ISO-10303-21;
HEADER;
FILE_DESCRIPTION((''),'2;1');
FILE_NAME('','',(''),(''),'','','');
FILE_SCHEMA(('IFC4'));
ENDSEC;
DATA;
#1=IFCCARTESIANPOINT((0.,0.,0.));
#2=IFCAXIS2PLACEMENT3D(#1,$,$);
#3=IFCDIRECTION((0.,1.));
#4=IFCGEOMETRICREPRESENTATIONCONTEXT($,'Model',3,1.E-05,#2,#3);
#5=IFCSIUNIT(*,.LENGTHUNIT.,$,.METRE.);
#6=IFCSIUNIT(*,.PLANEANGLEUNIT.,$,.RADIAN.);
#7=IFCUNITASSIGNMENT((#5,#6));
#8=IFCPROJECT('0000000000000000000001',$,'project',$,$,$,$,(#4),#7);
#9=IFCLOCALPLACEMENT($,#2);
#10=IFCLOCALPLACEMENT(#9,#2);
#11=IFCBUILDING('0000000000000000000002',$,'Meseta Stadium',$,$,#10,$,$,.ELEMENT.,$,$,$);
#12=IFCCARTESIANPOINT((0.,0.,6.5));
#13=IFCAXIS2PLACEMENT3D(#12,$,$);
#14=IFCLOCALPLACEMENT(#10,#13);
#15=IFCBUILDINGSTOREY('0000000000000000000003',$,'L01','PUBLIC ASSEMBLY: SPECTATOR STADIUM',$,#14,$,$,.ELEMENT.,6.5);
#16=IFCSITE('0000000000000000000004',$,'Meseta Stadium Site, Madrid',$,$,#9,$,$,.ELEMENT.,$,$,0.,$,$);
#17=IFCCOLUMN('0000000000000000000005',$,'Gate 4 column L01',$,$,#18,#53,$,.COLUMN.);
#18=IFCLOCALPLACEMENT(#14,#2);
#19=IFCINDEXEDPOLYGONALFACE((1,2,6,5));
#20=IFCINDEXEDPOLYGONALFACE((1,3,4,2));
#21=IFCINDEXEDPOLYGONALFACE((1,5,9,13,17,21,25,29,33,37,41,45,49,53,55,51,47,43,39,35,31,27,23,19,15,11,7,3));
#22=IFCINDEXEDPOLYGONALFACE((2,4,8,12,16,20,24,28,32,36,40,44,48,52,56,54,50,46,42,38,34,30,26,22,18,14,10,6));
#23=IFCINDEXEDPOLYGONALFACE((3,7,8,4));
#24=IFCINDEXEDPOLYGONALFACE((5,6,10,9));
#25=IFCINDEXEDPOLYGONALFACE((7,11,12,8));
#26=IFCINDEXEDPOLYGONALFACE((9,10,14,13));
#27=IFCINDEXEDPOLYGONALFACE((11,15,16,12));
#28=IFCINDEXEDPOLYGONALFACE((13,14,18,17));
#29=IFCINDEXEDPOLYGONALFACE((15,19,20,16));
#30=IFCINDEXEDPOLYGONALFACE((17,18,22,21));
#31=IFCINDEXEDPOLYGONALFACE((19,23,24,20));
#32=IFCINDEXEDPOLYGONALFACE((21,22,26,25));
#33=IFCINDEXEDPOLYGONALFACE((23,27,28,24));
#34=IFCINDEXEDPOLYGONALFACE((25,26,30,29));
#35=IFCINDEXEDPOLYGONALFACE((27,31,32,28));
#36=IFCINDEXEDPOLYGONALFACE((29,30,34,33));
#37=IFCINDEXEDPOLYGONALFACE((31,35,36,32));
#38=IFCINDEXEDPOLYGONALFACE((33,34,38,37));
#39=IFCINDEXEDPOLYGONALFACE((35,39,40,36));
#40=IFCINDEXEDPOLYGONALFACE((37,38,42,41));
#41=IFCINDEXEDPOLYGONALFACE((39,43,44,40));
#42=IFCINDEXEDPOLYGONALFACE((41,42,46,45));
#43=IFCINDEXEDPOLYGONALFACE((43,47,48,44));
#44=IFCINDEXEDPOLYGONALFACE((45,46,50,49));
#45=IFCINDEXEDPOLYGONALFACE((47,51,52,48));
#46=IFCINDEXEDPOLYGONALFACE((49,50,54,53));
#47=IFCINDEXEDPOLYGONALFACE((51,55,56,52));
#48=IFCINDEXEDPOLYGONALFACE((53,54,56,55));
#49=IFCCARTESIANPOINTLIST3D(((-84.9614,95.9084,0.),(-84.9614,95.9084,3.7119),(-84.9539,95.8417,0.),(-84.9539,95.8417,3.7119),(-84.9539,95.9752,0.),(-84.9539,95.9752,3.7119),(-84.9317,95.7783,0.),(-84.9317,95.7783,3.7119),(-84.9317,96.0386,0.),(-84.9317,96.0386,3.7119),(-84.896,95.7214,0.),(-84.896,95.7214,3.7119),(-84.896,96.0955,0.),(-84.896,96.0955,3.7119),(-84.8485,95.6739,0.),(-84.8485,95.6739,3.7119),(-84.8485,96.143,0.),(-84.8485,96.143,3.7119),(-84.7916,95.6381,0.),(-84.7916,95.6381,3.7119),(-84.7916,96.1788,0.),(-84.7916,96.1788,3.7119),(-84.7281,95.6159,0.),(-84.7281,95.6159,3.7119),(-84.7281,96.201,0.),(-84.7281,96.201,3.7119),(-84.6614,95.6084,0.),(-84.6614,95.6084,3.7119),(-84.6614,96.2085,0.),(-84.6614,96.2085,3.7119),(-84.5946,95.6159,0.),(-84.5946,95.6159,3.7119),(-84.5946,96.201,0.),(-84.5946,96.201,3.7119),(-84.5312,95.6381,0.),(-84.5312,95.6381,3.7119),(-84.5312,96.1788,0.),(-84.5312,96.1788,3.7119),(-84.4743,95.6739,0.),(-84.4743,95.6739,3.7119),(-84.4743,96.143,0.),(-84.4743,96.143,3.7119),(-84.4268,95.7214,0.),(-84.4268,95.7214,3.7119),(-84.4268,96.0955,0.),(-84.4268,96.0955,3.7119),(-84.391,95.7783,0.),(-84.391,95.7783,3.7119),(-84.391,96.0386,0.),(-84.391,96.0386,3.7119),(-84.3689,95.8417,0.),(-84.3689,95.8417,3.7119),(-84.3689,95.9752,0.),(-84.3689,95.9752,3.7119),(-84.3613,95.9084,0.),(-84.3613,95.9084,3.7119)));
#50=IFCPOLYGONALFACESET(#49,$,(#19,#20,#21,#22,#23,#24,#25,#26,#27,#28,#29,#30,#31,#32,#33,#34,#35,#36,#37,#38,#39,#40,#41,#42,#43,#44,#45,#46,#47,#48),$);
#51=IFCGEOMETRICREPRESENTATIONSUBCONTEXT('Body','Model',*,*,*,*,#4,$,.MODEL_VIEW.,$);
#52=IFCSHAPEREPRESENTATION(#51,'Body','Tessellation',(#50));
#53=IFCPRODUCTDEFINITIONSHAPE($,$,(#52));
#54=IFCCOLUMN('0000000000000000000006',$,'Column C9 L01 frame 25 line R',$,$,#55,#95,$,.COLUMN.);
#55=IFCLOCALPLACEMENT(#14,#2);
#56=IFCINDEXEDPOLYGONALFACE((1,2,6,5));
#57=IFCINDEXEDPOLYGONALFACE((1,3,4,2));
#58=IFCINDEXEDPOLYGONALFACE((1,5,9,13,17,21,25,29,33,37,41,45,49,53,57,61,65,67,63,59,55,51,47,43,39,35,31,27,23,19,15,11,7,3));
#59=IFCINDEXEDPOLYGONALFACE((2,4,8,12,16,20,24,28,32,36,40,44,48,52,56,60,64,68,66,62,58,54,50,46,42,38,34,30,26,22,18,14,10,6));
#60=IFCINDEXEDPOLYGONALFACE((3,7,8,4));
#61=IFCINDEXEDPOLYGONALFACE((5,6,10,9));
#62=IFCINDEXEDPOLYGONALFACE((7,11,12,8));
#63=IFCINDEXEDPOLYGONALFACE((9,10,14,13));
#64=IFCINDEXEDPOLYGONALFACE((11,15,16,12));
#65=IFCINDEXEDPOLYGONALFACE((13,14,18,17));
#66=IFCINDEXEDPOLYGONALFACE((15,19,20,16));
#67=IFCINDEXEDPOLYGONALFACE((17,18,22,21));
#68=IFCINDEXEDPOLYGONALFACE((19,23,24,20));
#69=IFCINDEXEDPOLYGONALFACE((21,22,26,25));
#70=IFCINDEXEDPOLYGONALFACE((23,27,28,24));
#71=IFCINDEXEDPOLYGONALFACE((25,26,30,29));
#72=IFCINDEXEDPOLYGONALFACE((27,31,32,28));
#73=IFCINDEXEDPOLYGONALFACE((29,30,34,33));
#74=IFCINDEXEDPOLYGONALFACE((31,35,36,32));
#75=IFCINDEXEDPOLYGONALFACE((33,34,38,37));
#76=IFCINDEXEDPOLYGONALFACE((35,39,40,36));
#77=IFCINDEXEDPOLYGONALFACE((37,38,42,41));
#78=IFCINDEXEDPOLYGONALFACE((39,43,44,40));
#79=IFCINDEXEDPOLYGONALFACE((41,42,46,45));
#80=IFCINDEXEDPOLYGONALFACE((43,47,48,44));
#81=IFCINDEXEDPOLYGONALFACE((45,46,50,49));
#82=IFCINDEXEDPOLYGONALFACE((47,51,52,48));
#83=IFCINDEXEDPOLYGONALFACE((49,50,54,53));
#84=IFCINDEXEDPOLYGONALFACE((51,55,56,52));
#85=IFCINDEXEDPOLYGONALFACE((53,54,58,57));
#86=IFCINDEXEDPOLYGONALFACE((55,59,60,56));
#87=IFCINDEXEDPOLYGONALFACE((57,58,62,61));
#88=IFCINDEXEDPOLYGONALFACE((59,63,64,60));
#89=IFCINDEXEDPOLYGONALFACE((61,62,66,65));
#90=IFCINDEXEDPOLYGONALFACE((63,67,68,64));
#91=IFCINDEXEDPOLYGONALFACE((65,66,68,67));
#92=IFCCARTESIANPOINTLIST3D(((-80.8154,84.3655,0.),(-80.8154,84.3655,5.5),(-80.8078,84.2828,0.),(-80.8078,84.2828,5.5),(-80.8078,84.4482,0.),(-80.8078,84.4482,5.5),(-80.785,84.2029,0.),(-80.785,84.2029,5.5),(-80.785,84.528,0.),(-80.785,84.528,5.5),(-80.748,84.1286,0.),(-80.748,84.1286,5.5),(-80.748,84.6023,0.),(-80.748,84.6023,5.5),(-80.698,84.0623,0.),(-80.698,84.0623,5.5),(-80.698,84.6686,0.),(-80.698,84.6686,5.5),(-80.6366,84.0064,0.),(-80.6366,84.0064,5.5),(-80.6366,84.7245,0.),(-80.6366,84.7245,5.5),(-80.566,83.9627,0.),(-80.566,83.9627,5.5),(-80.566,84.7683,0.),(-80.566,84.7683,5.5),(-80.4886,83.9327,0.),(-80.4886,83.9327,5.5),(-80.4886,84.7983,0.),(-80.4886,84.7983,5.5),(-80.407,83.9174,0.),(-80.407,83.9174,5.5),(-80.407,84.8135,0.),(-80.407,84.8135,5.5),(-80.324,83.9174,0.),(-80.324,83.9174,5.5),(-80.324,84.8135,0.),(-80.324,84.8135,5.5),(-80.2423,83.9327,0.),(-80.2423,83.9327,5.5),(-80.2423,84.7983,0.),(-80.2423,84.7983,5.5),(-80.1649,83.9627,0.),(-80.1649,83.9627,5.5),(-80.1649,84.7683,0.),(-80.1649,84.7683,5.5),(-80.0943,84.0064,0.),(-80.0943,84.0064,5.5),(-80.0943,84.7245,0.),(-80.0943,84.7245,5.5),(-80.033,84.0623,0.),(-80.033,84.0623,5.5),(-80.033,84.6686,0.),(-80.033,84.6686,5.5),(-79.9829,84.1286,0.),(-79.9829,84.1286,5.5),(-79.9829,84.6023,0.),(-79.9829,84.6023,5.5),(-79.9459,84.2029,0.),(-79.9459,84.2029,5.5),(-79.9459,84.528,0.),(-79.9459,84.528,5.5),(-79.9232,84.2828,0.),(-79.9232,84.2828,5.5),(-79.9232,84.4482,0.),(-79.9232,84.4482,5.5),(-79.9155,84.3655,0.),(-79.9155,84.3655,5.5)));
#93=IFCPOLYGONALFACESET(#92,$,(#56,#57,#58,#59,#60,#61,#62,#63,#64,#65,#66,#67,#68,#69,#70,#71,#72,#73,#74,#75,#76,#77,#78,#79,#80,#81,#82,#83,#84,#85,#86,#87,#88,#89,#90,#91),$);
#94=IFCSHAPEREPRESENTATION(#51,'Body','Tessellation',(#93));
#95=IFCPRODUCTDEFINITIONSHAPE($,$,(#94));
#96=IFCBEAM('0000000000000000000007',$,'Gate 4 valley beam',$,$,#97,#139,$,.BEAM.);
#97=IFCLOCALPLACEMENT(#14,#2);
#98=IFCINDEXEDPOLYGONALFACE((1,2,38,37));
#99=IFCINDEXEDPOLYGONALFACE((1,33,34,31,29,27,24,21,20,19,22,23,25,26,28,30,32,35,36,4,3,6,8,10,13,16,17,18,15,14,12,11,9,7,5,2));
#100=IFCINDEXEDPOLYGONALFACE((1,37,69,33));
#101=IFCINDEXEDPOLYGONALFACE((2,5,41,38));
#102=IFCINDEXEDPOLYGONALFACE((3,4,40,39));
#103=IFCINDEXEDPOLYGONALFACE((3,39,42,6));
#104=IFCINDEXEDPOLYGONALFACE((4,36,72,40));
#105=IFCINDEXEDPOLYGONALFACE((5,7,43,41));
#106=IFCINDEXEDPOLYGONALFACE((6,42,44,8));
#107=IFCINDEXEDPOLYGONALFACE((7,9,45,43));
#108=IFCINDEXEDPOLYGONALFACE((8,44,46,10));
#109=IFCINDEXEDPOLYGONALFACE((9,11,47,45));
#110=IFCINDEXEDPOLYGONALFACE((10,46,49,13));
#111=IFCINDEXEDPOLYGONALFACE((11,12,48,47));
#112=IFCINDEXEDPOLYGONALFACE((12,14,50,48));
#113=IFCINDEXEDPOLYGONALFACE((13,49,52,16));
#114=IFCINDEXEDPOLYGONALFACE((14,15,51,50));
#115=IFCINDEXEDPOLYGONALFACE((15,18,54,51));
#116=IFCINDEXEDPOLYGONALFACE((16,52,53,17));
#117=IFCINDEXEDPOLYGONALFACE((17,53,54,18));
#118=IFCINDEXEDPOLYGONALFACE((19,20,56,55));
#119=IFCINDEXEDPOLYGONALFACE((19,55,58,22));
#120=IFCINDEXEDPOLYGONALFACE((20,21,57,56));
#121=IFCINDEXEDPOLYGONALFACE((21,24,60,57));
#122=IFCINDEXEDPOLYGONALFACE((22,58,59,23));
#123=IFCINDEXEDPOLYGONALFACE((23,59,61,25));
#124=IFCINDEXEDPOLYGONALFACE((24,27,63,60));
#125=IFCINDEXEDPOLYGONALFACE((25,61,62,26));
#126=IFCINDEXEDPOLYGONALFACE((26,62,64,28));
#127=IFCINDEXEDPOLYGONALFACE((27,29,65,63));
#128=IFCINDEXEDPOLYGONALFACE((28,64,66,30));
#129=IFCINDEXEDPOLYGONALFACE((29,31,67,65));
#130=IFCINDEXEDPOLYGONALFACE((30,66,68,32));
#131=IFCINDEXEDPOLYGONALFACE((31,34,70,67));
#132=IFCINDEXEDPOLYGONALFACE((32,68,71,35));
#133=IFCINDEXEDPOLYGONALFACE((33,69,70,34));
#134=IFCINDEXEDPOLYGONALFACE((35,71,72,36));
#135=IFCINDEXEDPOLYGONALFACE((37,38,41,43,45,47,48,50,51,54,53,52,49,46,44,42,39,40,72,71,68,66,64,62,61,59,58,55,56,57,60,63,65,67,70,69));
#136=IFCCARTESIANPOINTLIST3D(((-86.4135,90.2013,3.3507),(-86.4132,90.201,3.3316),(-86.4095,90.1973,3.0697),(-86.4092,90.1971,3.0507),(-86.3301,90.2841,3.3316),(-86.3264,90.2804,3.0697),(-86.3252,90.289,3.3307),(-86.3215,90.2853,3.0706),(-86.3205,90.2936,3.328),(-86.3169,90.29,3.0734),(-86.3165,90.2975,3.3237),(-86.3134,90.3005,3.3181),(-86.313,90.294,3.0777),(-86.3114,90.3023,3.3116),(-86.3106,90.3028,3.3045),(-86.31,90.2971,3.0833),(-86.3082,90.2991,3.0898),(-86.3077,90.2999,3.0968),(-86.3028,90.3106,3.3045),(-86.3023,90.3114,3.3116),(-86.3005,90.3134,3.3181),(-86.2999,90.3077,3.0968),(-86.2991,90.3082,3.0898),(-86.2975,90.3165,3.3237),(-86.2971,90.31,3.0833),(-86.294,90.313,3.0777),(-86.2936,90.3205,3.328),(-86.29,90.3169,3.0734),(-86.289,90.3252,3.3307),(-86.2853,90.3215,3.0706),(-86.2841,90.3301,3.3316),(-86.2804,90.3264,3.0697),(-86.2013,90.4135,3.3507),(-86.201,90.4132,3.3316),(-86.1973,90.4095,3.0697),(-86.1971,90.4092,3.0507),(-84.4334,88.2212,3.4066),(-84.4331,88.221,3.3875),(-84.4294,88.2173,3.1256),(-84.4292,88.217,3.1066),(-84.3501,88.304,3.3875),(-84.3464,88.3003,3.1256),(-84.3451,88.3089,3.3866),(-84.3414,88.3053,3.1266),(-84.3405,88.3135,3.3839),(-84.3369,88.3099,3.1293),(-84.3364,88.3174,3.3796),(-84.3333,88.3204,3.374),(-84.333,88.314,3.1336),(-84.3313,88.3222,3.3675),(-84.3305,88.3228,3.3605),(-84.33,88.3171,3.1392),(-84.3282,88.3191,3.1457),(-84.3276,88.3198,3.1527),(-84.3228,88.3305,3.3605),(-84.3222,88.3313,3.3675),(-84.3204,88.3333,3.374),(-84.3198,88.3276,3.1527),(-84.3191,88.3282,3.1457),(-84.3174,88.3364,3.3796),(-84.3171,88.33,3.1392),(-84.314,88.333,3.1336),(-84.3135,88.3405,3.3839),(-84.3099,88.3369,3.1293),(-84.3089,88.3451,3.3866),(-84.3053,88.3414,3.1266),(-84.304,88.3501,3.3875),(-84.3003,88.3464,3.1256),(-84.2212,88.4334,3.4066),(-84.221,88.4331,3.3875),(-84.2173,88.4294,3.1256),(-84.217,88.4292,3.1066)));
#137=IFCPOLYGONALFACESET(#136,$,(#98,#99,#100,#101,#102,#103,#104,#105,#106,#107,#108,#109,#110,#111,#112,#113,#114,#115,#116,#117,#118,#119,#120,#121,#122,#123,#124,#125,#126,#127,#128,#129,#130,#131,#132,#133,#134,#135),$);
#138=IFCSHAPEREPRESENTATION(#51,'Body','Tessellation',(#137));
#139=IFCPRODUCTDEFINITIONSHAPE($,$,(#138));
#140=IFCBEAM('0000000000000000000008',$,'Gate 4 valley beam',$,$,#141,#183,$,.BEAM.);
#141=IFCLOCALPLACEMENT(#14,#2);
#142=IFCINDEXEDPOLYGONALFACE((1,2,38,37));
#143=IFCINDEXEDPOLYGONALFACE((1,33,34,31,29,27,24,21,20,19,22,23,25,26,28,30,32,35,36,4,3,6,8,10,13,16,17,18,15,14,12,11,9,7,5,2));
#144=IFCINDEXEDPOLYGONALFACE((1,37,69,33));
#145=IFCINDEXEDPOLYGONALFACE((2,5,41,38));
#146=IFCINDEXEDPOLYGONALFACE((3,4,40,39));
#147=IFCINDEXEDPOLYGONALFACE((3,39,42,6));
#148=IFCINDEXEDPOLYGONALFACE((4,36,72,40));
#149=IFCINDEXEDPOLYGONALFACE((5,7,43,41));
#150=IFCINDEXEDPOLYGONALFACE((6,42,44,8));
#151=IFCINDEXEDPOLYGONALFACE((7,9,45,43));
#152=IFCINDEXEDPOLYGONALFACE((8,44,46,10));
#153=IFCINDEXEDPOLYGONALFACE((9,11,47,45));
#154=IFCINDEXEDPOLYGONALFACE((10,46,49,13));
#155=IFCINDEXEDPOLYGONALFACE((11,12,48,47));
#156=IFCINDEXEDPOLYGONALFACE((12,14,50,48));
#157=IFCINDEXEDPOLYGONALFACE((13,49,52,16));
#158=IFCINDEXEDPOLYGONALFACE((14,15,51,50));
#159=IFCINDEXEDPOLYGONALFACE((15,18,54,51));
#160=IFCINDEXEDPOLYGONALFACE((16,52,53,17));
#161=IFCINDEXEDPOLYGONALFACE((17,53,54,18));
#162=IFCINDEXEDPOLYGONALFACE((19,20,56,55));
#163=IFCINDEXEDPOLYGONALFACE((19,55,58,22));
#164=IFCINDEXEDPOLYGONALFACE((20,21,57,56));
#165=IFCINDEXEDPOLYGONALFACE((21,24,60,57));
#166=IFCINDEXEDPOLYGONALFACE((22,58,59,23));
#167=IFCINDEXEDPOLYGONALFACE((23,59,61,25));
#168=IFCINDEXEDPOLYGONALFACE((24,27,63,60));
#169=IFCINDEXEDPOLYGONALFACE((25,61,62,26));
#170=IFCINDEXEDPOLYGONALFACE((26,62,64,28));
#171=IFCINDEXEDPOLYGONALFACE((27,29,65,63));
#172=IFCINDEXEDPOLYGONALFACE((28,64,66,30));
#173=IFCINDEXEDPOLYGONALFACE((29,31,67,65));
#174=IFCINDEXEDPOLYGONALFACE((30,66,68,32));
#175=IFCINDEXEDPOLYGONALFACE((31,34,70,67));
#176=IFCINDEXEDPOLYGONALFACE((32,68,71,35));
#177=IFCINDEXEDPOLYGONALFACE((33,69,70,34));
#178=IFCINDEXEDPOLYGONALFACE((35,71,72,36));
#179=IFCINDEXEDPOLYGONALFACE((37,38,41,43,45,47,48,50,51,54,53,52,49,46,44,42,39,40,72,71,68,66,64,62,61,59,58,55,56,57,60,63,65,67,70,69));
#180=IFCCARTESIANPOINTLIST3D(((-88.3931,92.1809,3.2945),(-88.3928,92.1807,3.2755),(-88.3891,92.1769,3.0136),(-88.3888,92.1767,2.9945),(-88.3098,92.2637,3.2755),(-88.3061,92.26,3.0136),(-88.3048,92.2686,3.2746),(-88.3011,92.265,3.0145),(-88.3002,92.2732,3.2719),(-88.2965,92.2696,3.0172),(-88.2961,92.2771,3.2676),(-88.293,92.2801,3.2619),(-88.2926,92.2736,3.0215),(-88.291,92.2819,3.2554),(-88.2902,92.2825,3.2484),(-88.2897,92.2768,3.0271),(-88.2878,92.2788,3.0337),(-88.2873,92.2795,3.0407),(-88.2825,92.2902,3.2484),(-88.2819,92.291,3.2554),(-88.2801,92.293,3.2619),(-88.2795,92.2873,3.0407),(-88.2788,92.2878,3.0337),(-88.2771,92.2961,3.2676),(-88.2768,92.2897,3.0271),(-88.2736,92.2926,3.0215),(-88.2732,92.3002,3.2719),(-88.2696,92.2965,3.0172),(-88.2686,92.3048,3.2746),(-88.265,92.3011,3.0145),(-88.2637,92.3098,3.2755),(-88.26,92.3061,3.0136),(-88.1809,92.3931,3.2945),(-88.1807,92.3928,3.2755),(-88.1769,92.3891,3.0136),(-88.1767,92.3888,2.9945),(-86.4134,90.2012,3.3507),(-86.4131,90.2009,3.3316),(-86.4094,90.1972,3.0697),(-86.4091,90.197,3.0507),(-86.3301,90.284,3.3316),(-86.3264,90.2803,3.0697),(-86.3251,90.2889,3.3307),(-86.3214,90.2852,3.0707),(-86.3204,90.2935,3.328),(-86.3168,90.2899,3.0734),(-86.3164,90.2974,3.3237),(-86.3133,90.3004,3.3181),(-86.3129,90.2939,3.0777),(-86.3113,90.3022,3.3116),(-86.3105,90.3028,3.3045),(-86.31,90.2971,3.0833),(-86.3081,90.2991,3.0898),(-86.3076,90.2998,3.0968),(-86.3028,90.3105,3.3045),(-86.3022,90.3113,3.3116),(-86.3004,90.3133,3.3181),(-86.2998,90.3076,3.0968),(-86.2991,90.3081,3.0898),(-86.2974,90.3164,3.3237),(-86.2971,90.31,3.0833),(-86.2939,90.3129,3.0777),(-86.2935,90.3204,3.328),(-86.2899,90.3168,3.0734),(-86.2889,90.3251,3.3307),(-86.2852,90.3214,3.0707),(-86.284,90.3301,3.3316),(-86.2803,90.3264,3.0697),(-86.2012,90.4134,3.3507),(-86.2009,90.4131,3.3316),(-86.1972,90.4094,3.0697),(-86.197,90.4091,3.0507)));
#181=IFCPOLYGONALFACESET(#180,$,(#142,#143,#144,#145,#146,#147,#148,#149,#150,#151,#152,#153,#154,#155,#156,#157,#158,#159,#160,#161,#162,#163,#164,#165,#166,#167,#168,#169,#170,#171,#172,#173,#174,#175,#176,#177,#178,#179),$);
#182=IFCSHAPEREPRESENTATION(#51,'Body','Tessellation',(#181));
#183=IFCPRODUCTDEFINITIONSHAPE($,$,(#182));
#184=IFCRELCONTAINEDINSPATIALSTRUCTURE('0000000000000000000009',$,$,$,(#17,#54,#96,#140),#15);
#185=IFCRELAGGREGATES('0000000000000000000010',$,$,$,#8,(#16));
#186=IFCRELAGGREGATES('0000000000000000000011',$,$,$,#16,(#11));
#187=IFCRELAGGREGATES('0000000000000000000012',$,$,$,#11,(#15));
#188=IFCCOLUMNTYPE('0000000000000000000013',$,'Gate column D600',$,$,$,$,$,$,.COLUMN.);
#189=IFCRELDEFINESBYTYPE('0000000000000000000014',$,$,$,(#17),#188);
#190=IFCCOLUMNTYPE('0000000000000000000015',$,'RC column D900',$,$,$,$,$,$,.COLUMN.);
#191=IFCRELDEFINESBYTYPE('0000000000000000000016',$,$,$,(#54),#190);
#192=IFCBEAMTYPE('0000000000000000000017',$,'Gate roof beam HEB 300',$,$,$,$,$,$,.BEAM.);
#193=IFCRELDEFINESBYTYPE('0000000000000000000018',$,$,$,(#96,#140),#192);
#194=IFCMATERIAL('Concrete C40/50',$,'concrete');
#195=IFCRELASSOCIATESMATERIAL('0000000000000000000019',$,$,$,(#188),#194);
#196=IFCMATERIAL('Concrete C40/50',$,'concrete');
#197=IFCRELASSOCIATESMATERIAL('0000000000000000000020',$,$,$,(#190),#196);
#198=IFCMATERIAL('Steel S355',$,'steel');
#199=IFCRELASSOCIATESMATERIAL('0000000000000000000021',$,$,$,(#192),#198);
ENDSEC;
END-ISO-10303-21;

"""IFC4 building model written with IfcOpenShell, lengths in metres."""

from ifc_helpers import new_model, si_unit, direction, frame, origin, origin_2d, place, context, subcontext, project, spatial, circle, i_section, extrude, material, material_profile, profile_set, type_object, element, save


model = new_model("IFC4")

# Units and contexts
model_context = context("Model", 3, precision=1e-05, world=origin(), true_north=direction((0.0, 1.0)))
body_context = subcontext(model_context, "Body", "Model", "MODEL_VIEW")
ifc_project = project(units=[si_unit("LENGTHUNIT", "METRE"), si_unit("PLANEANGLEUNIT", "RADIAN")], contexts=[model_context])

# Site, building, storey
site_placement = place(None, origin())
site = spatial("IfcSite", under=ifc_project, at=site_placement, Name="Meseta Stadium Site, Madrid", CompositionType="ELEMENT", RefElevation=0.0)
building_placement = place(site_placement, origin())
building = spatial("IfcBuilding", under=site, at=building_placement, Name="Meseta Stadium", CompositionType="ELEMENT")
storey_placement = place(building_placement, frame((0.0, 0.0, 6.5)))
storey = spatial("IfcBuildingStorey", under=building, at=storey_placement, Name="L01", Description="PUBLIC ASSEMBLY: SPECTATOR STADIUM", CompositionType="ELEMENT", Elevation=6.5)

# Columns
ifc_material_1 = material(Name="Concrete C40/50", Category="concrete")
ifc_material_profile_1 = material_profile(ifc_material_1, circle(Radius=0.3, at=origin_2d()), Name="RC D600")
ifc_profile_set_1 = profile_set([ifc_material_profile_1], Name="Concrete C40/50")
column_type_1 = type_object("IfcColumnType", Name="Gate column D600", PredefinedType="COLUMN", material=ifc_profile_set_1)
column_1_placement = place(storey_placement, frame((-84.6614, 95.9084, 0.0), z_axis=(0.0, 0.0, 1.0), x_axis=(1.0, 0.0, 0.0)))
element("IfcColumn", 1, at=column_1_placement, inside=storey, type_object=column_type_1, Name="Gate 4 column L01", PredefinedType="COLUMN", context=body_context, shape_type="SweptSolid", body=[
    extrude(circle(Radius=0.3, at=origin_2d()), origin(), (0.0, 0.0, 1.0), 3.7119),
])
ifc_material_2 = material(Name="Concrete C40/50", Category="concrete")
ifc_material_profile_2 = material_profile(ifc_material_2, circle(Radius=0.45, at=origin_2d()), Name="RC D900")
ifc_profile_set_2 = profile_set([ifc_material_profile_2], Name="Concrete C40/50")
column_type_2 = type_object("IfcColumnType", Name="RC column D900", PredefinedType="COLUMN", material=ifc_profile_set_2)
column_2_placement = place(storey_placement, frame((-80.3655, 84.3655, 0.0), z_axis=(0.0, 0.0, 1.0), x_axis=(1.0, 0.0, 0.0)))
element("IfcColumn", 2, at=column_2_placement, inside=storey, type_object=column_type_2, Name="Column C9 L01 frame 25 line R", PredefinedType="COLUMN", context=body_context, shape_type="SweptSolid", body=[
    extrude(circle(Radius=0.45, at=origin_2d()), origin(), (0.0, 0.0, 1.0), 5.5),
])

# Beams
ifc_material_3 = material(Name="Steel S355", Category="steel")
ifc_material_profile_3 = material_profile(ifc_material_3, i_section(OverallWidth=0.3, OverallDepth=0.3, WebThickness=0.011, FlangeThickness=0.019, FilletRadius=0.0271, at=origin_2d()), Name="HEB 300")
ifc_profile_set_3 = profile_set([ifc_material_profile_3], Name="Steel S355")
beam_type_1 = type_object("IfcBeamType", Name="Gate roof beam HEB 300", PredefinedType="BEAM", material=ifc_profile_set_3)
beam_1_placement = place(storey_placement, frame((-84.3252, 88.3252, 3.2566), z_axis=(-0.706966, 0.706966, -0.019962), x_axis=(-0.707107, -0.707107, 0.0)))
element("IfcBeam", 3, at=beam_1_placement, inside=storey, type_object=beam_type_1, Name="Gate 4 valley beam", PredefinedType="BEAM", context=body_context, shape_type="SweptSolid", body=[
    extrude(i_section(OverallWidth=0.3, OverallDepth=0.3, WebThickness=0.011, FlangeThickness=0.019, FilletRadius=0.0271, at=origin_2d()), origin(), (0.0, 0.0, 1.0), 2.8008),
])
beam_2_placement = place(storey_placement, frame((-86.3052, 90.3052, 3.2007), z_axis=(-0.706965, 0.706965, -0.020052), x_axis=(-0.707107, -0.707107, 0.0)))
element("IfcBeam", 4, at=beam_2_placement, inside=storey, type_object=beam_type_1, Name="Gate 4 valley beam", PredefinedType="BEAM", context=body_context, shape_type="SweptSolid", body=[
    extrude(i_section(OverallWidth=0.3, OverallDepth=0.3, WebThickness=0.011, FlangeThickness=0.019, FilletRadius=0.0271, at=origin_2d()), origin(), (0.0, 0.0, 1.0), 2.8003),
])

save(model, "model.ifc")
